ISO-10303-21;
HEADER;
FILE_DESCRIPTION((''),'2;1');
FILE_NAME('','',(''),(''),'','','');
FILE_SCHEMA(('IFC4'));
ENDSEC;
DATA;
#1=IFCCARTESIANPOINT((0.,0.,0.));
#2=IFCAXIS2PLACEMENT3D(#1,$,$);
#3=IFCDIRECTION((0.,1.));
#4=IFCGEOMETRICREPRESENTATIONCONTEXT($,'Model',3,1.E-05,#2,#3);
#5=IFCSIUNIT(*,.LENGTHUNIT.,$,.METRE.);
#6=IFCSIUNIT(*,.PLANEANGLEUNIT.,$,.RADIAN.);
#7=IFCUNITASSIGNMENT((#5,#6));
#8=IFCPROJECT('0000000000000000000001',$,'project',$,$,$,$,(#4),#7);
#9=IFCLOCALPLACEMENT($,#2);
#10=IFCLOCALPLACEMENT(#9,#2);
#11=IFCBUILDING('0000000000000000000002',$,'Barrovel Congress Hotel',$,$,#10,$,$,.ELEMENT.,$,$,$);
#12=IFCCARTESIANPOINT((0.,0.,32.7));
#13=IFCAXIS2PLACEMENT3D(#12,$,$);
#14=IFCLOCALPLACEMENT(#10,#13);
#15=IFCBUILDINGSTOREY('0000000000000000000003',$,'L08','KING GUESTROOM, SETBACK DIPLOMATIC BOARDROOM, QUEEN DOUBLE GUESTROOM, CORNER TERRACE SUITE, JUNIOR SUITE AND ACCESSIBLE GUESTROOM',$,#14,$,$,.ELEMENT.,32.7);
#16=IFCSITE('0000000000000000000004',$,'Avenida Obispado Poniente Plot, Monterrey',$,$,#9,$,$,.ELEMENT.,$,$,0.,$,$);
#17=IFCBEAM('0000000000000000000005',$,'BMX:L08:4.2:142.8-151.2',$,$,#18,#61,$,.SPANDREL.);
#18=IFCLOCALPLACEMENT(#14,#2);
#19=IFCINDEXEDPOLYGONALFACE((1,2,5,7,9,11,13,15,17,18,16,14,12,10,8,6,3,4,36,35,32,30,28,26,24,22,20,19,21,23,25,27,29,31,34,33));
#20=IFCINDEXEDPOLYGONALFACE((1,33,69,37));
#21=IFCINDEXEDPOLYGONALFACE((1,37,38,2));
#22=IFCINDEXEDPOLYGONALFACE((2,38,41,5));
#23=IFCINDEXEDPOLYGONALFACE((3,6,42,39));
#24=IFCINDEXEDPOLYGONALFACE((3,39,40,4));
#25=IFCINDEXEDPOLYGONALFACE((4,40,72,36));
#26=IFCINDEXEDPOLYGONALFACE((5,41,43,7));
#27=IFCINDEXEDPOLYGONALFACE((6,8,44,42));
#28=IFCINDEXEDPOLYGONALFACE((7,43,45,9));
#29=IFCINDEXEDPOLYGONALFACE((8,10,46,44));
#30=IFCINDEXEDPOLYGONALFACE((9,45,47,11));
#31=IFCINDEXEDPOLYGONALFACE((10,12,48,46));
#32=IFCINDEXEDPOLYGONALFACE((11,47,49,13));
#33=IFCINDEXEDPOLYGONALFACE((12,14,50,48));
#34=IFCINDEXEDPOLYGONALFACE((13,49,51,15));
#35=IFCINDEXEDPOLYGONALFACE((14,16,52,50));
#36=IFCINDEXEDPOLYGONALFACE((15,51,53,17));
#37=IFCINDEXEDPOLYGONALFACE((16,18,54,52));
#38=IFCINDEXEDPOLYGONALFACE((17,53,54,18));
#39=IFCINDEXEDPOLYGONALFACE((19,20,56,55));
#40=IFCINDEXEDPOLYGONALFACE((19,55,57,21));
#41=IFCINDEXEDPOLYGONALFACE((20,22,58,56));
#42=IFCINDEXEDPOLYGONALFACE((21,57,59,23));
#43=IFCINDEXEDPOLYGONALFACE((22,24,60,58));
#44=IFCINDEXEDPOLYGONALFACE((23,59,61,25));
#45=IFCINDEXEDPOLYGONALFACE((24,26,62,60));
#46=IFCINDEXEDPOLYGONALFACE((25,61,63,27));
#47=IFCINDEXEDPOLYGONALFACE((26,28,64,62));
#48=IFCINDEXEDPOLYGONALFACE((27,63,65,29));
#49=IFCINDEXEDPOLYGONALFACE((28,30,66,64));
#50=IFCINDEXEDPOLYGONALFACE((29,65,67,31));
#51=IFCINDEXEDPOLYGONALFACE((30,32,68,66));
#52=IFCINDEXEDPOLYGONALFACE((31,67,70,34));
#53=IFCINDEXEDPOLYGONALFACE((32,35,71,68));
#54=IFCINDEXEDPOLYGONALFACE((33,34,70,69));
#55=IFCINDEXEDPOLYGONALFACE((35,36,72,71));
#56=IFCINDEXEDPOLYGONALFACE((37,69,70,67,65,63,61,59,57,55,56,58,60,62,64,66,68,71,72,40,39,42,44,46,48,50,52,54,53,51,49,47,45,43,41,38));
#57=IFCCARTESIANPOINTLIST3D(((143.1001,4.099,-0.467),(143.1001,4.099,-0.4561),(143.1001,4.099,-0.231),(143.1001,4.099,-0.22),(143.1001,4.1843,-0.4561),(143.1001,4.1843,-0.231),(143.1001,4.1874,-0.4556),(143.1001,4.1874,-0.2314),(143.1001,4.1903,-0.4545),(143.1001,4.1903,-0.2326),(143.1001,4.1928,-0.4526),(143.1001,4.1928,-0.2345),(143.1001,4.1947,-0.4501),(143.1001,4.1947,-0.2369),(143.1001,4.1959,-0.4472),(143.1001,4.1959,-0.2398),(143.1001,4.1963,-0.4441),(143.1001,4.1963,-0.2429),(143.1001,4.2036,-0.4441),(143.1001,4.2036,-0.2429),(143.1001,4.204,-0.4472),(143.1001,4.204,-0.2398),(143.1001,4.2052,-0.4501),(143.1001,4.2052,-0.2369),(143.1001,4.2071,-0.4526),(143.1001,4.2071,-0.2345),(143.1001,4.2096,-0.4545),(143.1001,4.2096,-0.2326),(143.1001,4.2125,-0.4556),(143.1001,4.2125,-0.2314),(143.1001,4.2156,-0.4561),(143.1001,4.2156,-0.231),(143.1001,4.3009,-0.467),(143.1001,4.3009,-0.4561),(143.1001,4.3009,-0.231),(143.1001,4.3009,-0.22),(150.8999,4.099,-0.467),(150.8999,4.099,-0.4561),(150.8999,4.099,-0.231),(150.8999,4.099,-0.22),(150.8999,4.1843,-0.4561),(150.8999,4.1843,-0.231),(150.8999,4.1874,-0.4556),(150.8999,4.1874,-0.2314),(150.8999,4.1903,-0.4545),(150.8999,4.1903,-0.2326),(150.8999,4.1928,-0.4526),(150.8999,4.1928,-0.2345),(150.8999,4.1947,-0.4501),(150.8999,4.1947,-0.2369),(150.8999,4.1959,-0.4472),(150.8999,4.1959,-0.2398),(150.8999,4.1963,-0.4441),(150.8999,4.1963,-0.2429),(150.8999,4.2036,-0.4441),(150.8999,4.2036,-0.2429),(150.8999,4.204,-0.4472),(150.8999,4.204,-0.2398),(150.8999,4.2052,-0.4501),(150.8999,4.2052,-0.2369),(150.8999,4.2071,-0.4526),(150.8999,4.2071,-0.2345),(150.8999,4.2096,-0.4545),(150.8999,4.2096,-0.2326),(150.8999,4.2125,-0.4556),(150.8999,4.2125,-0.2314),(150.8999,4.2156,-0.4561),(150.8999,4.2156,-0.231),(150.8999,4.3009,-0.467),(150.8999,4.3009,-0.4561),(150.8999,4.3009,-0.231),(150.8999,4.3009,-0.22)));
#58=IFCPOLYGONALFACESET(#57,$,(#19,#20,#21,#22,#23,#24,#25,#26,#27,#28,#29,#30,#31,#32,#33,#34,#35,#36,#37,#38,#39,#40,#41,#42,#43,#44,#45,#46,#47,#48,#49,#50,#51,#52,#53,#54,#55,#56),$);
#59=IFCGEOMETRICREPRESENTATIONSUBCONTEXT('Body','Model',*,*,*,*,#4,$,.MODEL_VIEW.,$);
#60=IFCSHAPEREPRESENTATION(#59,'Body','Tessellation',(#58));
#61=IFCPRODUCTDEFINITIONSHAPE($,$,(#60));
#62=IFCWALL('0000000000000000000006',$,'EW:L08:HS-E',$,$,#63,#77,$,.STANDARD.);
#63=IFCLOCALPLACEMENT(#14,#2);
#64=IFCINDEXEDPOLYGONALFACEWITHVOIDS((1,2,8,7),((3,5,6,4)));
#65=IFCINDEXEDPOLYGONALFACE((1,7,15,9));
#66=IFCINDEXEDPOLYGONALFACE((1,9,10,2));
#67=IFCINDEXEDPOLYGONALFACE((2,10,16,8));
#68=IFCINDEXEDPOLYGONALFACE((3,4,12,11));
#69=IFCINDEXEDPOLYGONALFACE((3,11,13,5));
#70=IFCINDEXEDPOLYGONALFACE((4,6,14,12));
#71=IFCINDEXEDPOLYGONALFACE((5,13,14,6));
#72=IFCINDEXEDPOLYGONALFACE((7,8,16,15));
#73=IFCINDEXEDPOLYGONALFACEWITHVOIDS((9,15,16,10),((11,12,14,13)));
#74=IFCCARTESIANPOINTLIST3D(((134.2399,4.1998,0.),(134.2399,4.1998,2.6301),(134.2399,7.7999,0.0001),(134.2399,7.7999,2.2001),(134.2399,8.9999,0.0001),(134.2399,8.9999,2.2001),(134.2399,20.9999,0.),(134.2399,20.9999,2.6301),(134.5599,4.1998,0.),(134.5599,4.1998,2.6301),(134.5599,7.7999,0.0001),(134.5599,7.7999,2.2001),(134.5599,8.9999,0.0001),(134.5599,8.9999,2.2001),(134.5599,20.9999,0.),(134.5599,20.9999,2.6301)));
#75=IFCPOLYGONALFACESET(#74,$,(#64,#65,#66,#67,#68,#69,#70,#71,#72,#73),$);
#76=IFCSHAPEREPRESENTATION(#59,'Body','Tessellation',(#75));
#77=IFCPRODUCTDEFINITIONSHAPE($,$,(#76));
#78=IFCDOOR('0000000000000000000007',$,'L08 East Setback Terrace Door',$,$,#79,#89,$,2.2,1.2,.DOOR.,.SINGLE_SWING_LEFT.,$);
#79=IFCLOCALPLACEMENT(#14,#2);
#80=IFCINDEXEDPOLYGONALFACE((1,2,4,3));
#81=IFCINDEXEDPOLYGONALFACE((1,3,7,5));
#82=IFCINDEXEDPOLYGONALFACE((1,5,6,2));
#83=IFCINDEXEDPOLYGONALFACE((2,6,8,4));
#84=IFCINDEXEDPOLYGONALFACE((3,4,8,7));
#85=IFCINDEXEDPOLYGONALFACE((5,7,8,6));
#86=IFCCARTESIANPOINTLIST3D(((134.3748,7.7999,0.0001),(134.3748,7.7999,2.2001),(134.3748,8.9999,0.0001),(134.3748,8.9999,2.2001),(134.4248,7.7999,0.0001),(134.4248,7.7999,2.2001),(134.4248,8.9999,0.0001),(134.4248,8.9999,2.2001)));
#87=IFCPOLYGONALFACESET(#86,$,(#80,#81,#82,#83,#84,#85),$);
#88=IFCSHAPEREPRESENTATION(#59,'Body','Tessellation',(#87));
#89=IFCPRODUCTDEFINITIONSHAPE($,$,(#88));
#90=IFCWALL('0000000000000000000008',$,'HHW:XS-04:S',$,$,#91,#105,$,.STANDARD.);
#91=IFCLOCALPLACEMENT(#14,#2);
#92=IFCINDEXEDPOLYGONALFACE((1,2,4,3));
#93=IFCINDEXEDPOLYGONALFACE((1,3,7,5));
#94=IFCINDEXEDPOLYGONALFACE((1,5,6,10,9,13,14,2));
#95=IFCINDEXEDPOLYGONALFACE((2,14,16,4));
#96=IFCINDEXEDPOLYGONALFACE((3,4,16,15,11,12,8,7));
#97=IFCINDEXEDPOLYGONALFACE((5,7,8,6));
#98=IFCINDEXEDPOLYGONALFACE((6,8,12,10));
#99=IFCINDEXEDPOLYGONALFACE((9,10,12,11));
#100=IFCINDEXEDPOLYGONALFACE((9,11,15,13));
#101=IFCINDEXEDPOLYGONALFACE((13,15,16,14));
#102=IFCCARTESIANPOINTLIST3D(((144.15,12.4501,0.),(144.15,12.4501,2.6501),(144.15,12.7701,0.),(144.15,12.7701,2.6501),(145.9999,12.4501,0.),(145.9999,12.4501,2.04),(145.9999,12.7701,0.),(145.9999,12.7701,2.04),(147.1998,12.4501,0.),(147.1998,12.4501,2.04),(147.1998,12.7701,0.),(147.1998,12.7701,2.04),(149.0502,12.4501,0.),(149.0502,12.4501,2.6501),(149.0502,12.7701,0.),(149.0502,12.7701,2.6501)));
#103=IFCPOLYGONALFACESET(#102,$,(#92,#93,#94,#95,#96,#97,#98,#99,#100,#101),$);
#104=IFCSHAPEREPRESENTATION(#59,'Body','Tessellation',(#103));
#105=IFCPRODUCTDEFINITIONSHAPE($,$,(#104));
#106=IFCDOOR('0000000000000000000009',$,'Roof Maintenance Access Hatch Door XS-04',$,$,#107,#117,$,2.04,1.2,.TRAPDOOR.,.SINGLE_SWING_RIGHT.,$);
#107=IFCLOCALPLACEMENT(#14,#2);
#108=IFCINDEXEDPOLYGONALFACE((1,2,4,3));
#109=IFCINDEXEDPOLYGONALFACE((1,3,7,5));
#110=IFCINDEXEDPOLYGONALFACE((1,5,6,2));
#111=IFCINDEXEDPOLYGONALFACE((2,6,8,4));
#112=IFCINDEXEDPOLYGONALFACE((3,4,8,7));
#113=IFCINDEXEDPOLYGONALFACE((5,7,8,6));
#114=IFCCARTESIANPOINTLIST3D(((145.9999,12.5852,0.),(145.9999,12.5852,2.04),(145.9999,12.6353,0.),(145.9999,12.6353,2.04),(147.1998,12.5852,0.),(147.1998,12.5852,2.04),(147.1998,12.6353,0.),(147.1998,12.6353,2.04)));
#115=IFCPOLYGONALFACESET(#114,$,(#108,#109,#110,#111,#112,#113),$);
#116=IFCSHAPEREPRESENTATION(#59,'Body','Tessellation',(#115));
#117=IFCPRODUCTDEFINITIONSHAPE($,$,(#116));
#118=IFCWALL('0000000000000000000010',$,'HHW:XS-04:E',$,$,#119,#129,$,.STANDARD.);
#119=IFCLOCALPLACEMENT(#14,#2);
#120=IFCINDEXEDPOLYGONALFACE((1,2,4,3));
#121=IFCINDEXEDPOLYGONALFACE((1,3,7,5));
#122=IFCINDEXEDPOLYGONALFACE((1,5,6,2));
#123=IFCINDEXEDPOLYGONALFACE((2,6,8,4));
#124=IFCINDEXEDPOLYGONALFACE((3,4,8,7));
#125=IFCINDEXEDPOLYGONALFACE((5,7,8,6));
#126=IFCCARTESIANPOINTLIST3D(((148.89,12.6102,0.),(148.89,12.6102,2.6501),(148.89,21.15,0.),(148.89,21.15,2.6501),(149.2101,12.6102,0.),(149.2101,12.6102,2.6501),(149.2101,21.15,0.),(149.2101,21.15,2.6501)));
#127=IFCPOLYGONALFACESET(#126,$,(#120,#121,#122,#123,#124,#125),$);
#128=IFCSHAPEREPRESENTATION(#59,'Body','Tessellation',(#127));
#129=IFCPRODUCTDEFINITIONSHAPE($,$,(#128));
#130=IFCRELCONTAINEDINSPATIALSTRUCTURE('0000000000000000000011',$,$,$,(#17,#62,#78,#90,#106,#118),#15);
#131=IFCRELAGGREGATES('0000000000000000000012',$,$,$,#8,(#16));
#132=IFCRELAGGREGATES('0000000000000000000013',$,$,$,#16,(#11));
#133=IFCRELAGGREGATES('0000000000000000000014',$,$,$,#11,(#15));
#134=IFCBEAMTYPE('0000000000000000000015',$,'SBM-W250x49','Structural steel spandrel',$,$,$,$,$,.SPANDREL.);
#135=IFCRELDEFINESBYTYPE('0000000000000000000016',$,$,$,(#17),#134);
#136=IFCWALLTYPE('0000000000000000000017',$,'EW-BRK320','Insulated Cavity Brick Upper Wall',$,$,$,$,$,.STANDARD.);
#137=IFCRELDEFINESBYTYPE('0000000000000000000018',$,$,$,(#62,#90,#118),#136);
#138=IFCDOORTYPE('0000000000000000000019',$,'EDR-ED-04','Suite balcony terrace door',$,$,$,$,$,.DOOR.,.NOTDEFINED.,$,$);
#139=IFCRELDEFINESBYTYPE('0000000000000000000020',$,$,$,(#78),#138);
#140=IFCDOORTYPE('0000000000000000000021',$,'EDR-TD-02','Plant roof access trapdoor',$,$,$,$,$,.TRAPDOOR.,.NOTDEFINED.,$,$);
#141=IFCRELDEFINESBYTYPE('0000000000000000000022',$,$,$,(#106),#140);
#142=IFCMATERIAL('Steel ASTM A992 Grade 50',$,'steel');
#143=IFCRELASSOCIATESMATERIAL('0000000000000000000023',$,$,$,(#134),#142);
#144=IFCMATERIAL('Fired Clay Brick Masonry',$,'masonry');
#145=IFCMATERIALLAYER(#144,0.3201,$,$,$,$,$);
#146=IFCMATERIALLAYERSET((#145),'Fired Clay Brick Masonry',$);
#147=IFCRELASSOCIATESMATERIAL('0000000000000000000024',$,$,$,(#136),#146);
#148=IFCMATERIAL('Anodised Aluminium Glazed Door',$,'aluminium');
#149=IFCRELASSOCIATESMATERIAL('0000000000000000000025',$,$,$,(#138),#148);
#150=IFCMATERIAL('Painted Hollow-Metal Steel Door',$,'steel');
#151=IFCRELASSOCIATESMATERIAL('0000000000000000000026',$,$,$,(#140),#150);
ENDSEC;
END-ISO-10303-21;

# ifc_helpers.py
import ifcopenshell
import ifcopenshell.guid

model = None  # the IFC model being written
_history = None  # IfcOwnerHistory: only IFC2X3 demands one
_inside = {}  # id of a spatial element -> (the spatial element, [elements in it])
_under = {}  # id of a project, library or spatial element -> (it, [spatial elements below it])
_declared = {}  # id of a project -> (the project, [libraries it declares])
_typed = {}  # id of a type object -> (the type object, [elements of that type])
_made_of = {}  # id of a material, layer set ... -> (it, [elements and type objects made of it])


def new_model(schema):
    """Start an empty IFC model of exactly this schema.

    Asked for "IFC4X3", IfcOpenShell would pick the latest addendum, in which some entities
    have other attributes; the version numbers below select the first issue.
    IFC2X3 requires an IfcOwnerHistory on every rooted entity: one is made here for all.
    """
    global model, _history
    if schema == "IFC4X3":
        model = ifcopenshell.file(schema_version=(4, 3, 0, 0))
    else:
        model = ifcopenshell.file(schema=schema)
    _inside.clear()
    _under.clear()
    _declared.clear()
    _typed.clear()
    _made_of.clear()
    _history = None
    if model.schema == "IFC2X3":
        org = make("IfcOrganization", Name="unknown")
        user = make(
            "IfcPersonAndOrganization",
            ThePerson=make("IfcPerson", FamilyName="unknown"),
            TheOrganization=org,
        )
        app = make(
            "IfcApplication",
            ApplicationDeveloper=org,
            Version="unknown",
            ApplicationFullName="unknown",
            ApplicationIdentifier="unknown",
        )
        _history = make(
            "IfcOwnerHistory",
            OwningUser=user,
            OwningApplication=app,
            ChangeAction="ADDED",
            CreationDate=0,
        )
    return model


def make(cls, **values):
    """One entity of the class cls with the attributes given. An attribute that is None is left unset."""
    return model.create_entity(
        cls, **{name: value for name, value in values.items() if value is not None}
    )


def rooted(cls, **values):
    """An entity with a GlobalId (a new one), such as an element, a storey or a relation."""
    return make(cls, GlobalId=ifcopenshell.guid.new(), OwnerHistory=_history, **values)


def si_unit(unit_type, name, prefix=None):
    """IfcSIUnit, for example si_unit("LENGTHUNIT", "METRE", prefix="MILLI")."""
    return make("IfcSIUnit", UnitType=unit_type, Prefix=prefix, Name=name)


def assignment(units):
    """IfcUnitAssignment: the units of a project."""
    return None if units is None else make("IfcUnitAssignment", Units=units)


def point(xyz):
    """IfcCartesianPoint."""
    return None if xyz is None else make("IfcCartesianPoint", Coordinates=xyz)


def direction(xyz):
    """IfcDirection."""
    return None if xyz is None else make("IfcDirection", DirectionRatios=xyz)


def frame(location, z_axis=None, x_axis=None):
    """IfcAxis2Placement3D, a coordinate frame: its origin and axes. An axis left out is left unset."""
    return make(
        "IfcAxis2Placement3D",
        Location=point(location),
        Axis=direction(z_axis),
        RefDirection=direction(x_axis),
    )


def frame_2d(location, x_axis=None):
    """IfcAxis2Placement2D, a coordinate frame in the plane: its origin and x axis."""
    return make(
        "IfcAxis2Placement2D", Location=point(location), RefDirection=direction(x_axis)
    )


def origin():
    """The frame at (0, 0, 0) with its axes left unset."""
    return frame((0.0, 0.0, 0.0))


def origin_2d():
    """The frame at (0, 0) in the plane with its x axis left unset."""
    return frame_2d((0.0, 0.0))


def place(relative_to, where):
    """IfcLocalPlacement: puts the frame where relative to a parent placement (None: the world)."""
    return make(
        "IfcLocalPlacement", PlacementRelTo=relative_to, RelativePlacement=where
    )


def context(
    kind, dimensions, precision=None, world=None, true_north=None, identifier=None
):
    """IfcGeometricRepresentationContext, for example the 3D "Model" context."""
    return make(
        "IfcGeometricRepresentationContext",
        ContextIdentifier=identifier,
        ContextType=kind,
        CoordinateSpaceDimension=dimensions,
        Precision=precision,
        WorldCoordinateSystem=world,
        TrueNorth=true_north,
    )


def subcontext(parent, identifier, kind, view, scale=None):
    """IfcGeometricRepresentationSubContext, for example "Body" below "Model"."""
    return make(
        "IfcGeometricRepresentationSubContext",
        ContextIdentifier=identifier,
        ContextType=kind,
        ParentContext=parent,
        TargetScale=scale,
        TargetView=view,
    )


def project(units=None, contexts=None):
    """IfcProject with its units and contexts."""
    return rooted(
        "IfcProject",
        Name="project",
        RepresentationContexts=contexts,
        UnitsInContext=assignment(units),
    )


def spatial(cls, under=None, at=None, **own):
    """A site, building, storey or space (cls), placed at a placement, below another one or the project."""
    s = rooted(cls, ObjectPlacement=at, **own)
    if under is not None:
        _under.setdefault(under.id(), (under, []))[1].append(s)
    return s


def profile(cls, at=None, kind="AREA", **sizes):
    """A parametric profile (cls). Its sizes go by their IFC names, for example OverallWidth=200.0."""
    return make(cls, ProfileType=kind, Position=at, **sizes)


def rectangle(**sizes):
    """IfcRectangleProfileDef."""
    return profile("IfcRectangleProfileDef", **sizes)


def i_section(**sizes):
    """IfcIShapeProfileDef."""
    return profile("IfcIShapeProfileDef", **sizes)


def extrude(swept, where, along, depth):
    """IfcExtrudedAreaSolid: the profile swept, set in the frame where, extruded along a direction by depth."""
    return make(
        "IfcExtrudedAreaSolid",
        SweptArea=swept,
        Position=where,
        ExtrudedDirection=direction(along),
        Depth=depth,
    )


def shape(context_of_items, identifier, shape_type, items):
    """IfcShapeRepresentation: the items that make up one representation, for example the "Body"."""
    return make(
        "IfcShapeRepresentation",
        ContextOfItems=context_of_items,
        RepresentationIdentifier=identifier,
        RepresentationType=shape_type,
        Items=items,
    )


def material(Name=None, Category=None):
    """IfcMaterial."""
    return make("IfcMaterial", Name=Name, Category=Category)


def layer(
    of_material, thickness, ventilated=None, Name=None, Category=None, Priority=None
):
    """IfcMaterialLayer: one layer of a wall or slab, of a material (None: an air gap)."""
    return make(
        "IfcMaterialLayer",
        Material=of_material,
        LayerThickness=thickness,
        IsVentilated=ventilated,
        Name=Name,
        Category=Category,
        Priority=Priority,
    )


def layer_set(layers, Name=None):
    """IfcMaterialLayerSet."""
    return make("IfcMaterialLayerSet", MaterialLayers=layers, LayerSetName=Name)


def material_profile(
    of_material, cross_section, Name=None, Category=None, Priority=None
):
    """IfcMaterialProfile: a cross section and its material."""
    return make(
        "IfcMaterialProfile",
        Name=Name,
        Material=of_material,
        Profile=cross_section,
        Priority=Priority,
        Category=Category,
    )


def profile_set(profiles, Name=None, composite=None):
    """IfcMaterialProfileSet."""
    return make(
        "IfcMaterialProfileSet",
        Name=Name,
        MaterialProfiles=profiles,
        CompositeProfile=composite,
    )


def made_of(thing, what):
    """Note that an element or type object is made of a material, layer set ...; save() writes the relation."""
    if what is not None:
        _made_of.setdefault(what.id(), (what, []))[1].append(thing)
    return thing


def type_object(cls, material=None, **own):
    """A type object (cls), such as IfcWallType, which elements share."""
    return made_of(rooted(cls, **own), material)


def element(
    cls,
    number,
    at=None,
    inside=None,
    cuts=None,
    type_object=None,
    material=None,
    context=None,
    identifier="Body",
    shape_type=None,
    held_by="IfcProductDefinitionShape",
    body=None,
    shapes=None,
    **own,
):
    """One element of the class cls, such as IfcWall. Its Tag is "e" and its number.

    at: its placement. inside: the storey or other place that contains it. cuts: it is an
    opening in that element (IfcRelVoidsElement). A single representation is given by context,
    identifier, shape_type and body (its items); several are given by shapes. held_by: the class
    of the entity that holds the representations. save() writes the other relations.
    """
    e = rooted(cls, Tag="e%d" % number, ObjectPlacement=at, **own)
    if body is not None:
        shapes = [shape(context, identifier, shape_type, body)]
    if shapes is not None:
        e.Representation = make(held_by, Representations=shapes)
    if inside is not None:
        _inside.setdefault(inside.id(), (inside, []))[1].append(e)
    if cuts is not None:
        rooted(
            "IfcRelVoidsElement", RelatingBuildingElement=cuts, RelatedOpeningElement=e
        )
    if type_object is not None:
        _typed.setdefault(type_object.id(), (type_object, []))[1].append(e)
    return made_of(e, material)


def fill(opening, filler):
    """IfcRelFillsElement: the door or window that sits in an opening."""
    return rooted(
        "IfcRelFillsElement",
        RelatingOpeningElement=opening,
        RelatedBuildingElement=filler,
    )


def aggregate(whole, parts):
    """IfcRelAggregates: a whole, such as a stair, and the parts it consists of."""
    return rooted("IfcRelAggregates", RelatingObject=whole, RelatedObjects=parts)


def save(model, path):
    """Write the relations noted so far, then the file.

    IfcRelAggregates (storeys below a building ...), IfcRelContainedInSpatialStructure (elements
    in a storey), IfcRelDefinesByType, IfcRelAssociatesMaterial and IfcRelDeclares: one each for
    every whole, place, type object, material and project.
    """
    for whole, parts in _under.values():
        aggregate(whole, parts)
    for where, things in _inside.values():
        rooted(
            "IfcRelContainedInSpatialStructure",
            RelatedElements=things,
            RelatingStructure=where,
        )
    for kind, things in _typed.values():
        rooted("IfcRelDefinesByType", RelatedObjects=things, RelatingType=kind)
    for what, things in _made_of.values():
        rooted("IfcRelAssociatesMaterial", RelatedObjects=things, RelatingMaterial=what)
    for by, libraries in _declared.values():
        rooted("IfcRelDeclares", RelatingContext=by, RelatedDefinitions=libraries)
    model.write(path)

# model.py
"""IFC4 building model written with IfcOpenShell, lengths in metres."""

from ifc_helpers import new_model, si_unit, direction, frame, frame_2d, origin, origin_2d, place, context, subcontext, project, spatial, rectangle, i_section, extrude, material, layer, layer_set, material_profile, profile_set, type_object, element, fill, save


model = new_model("IFC4")

# Units and contexts
model_context = context("Model", 3, precision=1e-05, world=origin(), true_north=direction((0.0, 1.0)))
body_context = subcontext(model_context, "Body", "Model", "MODEL_VIEW")
ifc_project = project(units=[si_unit("LENGTHUNIT", "METRE"), si_unit("PLANEANGLEUNIT", "RADIAN")], contexts=[model_context])

# Site, building, storey
site_placement = place(None, origin())
site = spatial("IfcSite", under=ifc_project, at=site_placement, Name="Avenida Obispado Poniente Plot, Monterrey", CompositionType="ELEMENT", RefElevation=0.0)
building_placement = place(site_placement, origin())
building = spatial("IfcBuilding", under=site, at=building_placement, Name="Barrovel Congress Hotel", CompositionType="ELEMENT")
storey_placement = place(building_placement, frame((0.0, 0.0, 32.7)))
storey = spatial("IfcBuildingStorey", under=building, at=storey_placement, Name="L08", Description="KING GUESTROOM, SETBACK DIPLOMATIC BOARDROOM, QUEEN DOUBLE GUESTROOM, CORNER TERRACE SUITE, JUNIOR SUITE AND ACCESSIBLE GUESTROOM", CompositionType="ELEMENT", Elevation=32.7)

# Beam
ifc_material_1 = material(Name="Steel ASTM A992 Grade 50", Category="steel")
ifc_material_profile_1 = material_profile(ifc_material_1, i_section(OverallWidth=0.2019, OverallDepth=0.2471, WebThickness=0.0073, FlangeThickness=0.011, FilletRadius=0.012, at=origin_2d()), Name="W250x49")
ifc_profile_set_1 = profile_set([ifc_material_profile_1], Name="Steel ASTM A992 Grade 50")
beam_type_1 = type_object("IfcBeamType", Name="SBM-W250x49", Description="Structural steel spandrel", PredefinedType="SPANDREL", material=ifc_profile_set_1)
beam_1_placement = place(storey_placement, frame((143.1001, 4.2, -0.3435), z_axis=(1.0, 0.0, 0.0), x_axis=(0.0, 1.0, 0.0)))
element("IfcBeam", 1, at=beam_1_placement, inside=storey, type_object=beam_type_1, Name="BMX:L08:4.2:142.8-151.2", PredefinedType="SPANDREL", context=body_context, shape_type="SweptSolid", body=[
    extrude(i_section(OverallWidth=0.2019, OverallDepth=0.2471, WebThickness=0.0073, FlangeThickness=0.011, FilletRadius=0.012, at=origin_2d()), origin(), (0.0, 0.0, 1.0), 7.7998),
])

# Walls, openings, doors
ifc_material_2 = material(Name="Fired Clay Brick Masonry", Category="masonry")
ifc_layer_1 = layer(ifc_material_2, 0.3201)
ifc_layer_set_1 = layer_set([ifc_layer_1], Name="Fired Clay Brick Masonry")
wall_type = type_object("IfcWallType", Name="EW-BRK320", Description="Insulated Cavity Brick Upper Wall", PredefinedType="STANDARD", material=ifc_layer_set_1)
wall_1_placement = place(storey_placement, frame((134.3999, 4.2, 0.0), z_axis=(0.0, 0.0, 1.0), x_axis=(0.0, 1.0, 0.0)))
wall_1 = element("IfcWall", 2, at=wall_1_placement, inside=storey, type_object=wall_type, Name="EW:L08:HS-E", PredefinedType="STANDARD", context=body_context, shape_type="SweptSolid", body=[
    extrude(rectangle(XDim=16.8, YDim=0.3201, at=frame_2d((8.3999, 0.0))), origin(), (0.0, 0.0, 1.0), 2.6301),
])
opening_1_placement = place(wall_1_placement, frame((4.8, 0.0, 0.0), z_axis=(0.0, 0.0, 1.0), x_axis=(-1.0, 0.0, 0.0)))
opening_1 = element("IfcOpeningElement", 3, at=opening_1_placement, cuts=wall_1, PredefinedType="OPENING", context=body_context, shape_type="SweptSolid", body=[
    extrude(rectangle(XDim=1.2, YDim=2.2, at=frame_2d((0.6001, 1.1001))), frame((0.0, 0.1699, 0.0), z_axis=(0.0, -1.0, 0.0), x_axis=(1.0, 0.0, 0.0)), (0.0, 0.0, 1.0), 0.3401),
])
ifc_material_3 = material(Name="Anodised Aluminium Glazed Door", Category="aluminium")
door_type_1 = type_object("IfcDoorType", Name="EDR-ED-04", Description="Suite balcony terrace door", OperationType="NOTDEFINED", PredefinedType="DOOR", material=ifc_material_3)
door_1_placement = place(opening_1_placement, origin())
door_1 = element("IfcDoor", 4, at=door_1_placement, inside=storey, type_object=door_type_1, Name="L08 East Setback Terrace Door", OperationType="SINGLE_SWING_LEFT", OverallHeight=2.2, OverallWidth=1.2, PredefinedType="DOOR", context=body_context, shape_type="SweptSolid", body=[
    extrude(rectangle(XDim=1.2, YDim=2.2, at=frame_2d((0.6001, 1.1001))), frame((0.0, 0.0249, 0.0), z_axis=(0.0, -1.0, 0.0), x_axis=(1.0, 0.0, 0.0)), (0.0, 0.0, 1.0), 0.05),
])
fill(opening_1, door_1)
wall_2_placement = place(storey_placement, frame((144.1499, 12.6101, 0.0), z_axis=(0.0, 0.0, 1.0), x_axis=(1.0, 0.0, 0.0)))
wall_2 = element("IfcWall", 5, at=wall_2_placement, inside=storey, type_object=wall_type, Name="HHW:XS-04:S", PredefinedType="STANDARD", context=body_context, shape_type="SweptSolid", body=[
    extrude(rectangle(XDim=4.9001, YDim=0.3201, at=frame_2d((2.4502, 0.0))), origin(), (0.0, 0.0, 1.0), 2.6501),
])
opening_2_placement = place(wall_2_placement, frame((3.05, 0.0, 0.0), z_axis=(0.0, 0.0, 1.0), x_axis=(-1.0, 0.0, 0.0)))
opening_2 = element("IfcOpeningElement", 6, at=opening_2_placement, cuts=wall_2, PredefinedType="OPENING", context=body_context, shape_type="SweptSolid", body=[
    extrude(rectangle(XDim=1.2, YDim=2.04, at=frame_2d((0.6001, 1.02))), frame((0.0, 0.1699, 0.0), z_axis=(0.0, -1.0, 0.0), x_axis=(1.0, 0.0, 0.0)), (0.0, 0.0, 1.0), 0.3401),
])
ifc_material_4 = material(Name="Painted Hollow-Metal Steel Door", Category="steel")
door_type_2 = type_object("IfcDoorType", Name="EDR-TD-02", Description="Plant roof access trapdoor", OperationType="NOTDEFINED", PredefinedType="TRAPDOOR", material=ifc_material_4)
door_2_placement = place(opening_2_placement, origin())
door_2 = element("IfcDoor", 7, at=door_2_placement, inside=storey, type_object=door_type_2, Name="Roof Maintenance Access Hatch Door XS-04", OperationType="SINGLE_SWING_RIGHT", OverallHeight=2.04, OverallWidth=1.2, PredefinedType="TRAPDOOR", context=body_context, shape_type="SweptSolid", body=[
    extrude(rectangle(XDim=1.2, YDim=2.04, at=frame_2d((0.6001, 1.02))), frame((0.0, 0.0249, 0.0), z_axis=(0.0, -1.0, 0.0), x_axis=(1.0, 0.0, 0.0)), (0.0, 0.0, 1.0), 0.05),
])
fill(opening_2, door_2)

# Wall
wall_3_placement = place(storey_placement, frame((149.05, 12.6101, 0.0), z_axis=(0.0, 0.0, 1.0), x_axis=(0.0, 1.0, 0.0)))
element("IfcWall", 8, at=wall_3_placement, inside=storey, type_object=wall_type, Name="HHW:XS-04:E", PredefinedType="STANDARD", context=body_context, shape_type="SweptSolid", body=[
    extrude(rectangle(XDim=8.5398, YDim=0.3201, at=frame_2d((4.27, 0.0))), origin(), (0.0, 0.0, 1.0), 2.6501),
])

save(model, "model.ifc")
